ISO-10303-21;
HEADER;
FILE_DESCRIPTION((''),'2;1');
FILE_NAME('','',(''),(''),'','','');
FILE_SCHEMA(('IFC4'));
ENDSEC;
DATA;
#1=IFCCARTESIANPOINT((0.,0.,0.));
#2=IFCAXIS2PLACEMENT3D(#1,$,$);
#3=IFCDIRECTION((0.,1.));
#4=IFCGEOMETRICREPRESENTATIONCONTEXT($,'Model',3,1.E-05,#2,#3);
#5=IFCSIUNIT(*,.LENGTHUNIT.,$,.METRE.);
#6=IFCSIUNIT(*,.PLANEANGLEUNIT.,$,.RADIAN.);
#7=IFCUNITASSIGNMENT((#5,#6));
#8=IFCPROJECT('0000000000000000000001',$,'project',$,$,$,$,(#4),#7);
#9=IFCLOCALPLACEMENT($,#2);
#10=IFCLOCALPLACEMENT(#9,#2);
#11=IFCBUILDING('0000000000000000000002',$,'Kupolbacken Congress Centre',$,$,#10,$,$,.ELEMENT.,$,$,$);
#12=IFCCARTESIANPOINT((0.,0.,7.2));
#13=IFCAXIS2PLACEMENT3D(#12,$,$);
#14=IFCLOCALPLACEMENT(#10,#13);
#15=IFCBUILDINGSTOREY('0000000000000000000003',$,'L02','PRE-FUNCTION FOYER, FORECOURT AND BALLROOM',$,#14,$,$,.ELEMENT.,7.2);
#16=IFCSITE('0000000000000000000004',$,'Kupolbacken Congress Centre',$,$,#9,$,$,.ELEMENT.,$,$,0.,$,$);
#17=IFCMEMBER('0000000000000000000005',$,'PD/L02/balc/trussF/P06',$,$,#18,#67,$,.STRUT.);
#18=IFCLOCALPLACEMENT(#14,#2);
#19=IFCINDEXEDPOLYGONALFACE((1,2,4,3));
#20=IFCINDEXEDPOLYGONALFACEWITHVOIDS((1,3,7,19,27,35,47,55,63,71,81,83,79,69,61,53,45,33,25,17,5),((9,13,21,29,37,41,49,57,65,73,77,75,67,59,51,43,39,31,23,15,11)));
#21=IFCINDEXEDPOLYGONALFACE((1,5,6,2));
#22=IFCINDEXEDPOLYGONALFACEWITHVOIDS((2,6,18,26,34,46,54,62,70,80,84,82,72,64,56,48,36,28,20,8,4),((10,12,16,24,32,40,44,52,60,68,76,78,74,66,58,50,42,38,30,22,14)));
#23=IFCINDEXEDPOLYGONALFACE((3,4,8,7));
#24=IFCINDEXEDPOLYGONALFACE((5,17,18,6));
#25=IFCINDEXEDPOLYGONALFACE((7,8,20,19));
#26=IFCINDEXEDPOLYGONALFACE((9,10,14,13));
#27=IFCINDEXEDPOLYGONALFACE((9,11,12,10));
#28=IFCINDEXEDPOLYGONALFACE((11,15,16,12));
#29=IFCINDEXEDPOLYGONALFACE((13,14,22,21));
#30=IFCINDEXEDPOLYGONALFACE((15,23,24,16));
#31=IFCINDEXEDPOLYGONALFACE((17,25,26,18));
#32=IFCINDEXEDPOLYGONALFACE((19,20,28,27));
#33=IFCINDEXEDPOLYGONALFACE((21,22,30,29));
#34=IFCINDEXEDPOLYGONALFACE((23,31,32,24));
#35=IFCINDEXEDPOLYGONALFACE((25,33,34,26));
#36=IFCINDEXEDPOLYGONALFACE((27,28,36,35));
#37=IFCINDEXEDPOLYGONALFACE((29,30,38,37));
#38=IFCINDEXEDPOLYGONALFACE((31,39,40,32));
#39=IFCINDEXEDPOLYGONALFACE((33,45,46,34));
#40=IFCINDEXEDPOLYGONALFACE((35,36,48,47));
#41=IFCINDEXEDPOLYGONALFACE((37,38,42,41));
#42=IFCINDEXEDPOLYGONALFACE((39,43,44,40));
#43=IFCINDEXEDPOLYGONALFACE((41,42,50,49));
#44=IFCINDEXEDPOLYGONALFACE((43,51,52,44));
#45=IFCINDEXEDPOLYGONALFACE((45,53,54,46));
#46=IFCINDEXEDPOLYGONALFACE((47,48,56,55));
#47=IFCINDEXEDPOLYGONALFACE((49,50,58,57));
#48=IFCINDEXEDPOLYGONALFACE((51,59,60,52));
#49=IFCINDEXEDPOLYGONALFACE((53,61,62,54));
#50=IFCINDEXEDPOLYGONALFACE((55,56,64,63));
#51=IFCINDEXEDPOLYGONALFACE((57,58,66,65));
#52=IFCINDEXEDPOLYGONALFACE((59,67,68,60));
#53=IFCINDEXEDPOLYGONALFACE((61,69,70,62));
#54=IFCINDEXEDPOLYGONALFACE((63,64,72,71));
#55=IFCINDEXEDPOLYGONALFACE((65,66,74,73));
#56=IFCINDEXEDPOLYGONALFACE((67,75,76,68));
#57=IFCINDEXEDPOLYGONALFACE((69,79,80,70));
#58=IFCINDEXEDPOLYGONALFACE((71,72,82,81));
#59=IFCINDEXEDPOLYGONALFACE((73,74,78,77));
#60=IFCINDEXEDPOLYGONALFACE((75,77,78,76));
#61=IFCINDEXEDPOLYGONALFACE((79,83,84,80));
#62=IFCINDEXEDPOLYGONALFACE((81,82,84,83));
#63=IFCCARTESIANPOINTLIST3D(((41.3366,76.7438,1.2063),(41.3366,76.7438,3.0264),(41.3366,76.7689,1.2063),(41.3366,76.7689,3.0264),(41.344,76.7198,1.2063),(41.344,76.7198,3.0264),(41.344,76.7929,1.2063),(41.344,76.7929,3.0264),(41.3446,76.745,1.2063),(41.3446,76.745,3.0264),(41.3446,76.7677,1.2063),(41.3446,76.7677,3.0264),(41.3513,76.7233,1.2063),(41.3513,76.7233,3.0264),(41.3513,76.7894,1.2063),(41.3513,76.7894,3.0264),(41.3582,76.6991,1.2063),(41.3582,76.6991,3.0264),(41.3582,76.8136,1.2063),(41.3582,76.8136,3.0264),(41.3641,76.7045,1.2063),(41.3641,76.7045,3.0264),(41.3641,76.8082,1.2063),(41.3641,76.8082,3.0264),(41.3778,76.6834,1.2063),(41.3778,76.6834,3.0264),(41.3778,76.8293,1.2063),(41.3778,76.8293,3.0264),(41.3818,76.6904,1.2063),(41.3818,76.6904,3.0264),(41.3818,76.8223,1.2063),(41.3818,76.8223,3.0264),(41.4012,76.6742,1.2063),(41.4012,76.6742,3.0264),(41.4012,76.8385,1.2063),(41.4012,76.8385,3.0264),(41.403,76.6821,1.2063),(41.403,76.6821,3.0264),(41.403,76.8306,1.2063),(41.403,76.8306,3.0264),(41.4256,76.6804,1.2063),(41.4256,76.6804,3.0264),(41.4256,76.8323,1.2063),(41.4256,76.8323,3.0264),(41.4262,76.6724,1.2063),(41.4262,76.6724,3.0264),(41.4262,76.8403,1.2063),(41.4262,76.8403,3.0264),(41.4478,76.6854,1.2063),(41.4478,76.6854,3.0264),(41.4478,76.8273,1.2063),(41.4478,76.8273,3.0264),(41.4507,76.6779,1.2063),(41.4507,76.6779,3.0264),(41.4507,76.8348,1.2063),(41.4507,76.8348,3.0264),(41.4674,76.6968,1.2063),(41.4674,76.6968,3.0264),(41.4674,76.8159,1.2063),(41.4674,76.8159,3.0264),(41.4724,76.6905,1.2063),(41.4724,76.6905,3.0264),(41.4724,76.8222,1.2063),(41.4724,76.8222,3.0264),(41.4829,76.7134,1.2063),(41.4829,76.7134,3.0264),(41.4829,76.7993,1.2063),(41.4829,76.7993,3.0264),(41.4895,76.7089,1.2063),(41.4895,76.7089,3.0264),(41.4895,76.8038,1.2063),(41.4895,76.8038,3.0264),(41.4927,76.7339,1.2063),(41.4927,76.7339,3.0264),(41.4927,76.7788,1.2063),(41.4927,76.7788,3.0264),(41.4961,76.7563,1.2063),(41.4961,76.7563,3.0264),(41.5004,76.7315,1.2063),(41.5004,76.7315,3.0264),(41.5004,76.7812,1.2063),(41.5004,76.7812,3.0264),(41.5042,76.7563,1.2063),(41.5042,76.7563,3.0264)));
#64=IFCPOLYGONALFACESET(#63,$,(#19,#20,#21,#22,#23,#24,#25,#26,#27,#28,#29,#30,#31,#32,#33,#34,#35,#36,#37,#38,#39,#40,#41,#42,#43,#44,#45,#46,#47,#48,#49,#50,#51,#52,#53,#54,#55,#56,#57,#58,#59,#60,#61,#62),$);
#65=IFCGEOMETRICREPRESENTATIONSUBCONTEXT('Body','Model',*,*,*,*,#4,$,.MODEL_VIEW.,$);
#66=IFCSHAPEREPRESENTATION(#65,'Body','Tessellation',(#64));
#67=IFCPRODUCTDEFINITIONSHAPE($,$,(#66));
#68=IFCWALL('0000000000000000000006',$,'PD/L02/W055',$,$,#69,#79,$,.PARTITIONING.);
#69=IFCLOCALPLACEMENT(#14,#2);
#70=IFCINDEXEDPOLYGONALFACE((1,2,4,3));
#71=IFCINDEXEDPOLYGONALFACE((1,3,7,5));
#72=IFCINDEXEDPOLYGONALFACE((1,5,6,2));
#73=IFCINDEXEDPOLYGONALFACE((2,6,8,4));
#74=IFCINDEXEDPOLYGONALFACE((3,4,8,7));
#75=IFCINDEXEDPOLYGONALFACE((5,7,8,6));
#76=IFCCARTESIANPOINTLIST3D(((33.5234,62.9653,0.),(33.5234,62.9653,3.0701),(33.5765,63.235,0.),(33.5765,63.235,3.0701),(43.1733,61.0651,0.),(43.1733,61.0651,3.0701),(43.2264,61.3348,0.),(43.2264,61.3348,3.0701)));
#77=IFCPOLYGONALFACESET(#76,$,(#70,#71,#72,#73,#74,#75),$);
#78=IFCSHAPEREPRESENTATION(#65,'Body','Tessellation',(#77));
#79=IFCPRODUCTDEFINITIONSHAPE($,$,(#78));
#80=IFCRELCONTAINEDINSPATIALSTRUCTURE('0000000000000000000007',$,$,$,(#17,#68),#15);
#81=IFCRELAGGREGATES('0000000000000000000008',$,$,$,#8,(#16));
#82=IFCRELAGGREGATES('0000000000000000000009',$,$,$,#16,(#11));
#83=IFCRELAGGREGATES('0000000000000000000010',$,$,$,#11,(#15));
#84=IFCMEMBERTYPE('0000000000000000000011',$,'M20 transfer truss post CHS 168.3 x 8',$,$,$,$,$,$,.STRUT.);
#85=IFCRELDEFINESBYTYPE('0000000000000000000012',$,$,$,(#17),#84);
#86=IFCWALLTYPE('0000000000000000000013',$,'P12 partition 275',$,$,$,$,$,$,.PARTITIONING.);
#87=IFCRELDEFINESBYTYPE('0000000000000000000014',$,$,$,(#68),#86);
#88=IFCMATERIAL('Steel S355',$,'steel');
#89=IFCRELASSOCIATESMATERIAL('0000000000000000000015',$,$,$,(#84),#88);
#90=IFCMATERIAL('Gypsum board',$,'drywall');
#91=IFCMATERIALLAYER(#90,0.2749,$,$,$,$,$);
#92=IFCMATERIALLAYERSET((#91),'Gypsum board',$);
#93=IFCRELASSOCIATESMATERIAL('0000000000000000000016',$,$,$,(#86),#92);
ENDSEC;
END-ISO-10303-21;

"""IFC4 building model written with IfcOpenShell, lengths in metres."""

from ifc_helpers import new_model, si_unit, direction, frame, frame_2d, origin, origin_2d, place, context, subcontext, project, spatial, rectangle, hollow_circle, extrude, material, layer, layer_set, material_profile, profile_set, type_object, element, save


model = new_model("IFC4")

# Units and contexts
model_context = context("Model", 3, precision=1e-05, world=origin(), true_north=direction((0.0, 1.0)))
body_context = subcontext(model_context, "Body", "Model", "MODEL_VIEW")
ifc_project = project(units=[si_unit("LENGTHUNIT", "METRE"), si_unit("PLANEANGLEUNIT", "RADIAN")], contexts=[model_context])

# Site, building, storey
site_placement = place(None, origin())
site = spatial("IfcSite", under=ifc_project, at=site_placement, Name="Kupolbacken Congress Centre", CompositionType="ELEMENT", RefElevation=0.0)
building_placement = place(site_placement, origin())
building = spatial("IfcBuilding", under=site, at=building_placement, Name="Kupolbacken Congress Centre", CompositionType="ELEMENT")
storey_placement = place(building_placement, frame((0.0, 0.0, 7.2)))
storey = spatial("IfcBuildingStorey", under=building, at=storey_placement, Name="L02", Description="PRE-FUNCTION FOYER, FORECOURT AND BALLROOM", CompositionType="ELEMENT", Elevation=7.2)

# Member
ifc_material_1 = material(Name="Steel S355", Category="steel")
ifc_material_profile_1 = material_profile(ifc_material_1, hollow_circle(Radius=0.0842, WallThickness=0.0081, at=origin_2d()), Name="CHS 168.3 x 8")
ifc_profile_set_1 = profile_set([ifc_material_profile_1], Name="Steel S355")
member_type_1 = type_object("IfcMemberType", Name="M20 transfer truss post CHS 168.3 x 8", PredefinedType="STRUT", material=ifc_profile_set_1)
for number, where, z_axis, x_axis, name in (
    (1, (41.4199, 76.7563, 1.2063), (0.0, 0.0, 1.0), (1.0, 0.0, 0.0), "PD/L02/balc/trussF/P06"),
):
    element("IfcMember", number, at=place(storey_placement, frame(where, z_axis=z_axis, x_axis=x_axis)), inside=storey, type_object=member_type_1, Name=name, PredefinedType="STRUT", context=body_context, shape_type="SweptSolid", body=[
        extrude(hollow_circle(Radius=0.0842, WallThickness=0.0081, at=origin_2d()), origin(), (0.0, 0.0, 1.0), 1.8201),
    ])

# Wall
ifc_material_2 = material(Name="Gypsum board", Category="drywall")
ifc_layer = layer(ifc_material_2, 0.2749)
ifc_layer_set = layer_set([ifc_layer], Name="Gypsum board")
wall_type = type_object("IfcWallType", Name="P12 partition 275", PredefinedType="PARTITIONING", material=ifc_layer_set)
wall_placement = place(storey_placement, frame((33.55, 63.1001, 0.0), z_axis=(0.0, 0.0, 1.0), x_axis=(0.98116, -0.193199, 0.0)))
element("IfcWall", 2, at=wall_placement, inside=storey, type_object=wall_type, Name="PD/L02/W055", PredefinedType="PARTITIONING", context=body_context, shape_type="SweptSolid", body=[
    extrude(rectangle(XDim=9.8352, YDim=0.2749, at=frame_2d((4.9175, 0.0))), origin(), (0.0, 0.0, 1.0), 3.0701),
])

save(model, "model.ifc")
